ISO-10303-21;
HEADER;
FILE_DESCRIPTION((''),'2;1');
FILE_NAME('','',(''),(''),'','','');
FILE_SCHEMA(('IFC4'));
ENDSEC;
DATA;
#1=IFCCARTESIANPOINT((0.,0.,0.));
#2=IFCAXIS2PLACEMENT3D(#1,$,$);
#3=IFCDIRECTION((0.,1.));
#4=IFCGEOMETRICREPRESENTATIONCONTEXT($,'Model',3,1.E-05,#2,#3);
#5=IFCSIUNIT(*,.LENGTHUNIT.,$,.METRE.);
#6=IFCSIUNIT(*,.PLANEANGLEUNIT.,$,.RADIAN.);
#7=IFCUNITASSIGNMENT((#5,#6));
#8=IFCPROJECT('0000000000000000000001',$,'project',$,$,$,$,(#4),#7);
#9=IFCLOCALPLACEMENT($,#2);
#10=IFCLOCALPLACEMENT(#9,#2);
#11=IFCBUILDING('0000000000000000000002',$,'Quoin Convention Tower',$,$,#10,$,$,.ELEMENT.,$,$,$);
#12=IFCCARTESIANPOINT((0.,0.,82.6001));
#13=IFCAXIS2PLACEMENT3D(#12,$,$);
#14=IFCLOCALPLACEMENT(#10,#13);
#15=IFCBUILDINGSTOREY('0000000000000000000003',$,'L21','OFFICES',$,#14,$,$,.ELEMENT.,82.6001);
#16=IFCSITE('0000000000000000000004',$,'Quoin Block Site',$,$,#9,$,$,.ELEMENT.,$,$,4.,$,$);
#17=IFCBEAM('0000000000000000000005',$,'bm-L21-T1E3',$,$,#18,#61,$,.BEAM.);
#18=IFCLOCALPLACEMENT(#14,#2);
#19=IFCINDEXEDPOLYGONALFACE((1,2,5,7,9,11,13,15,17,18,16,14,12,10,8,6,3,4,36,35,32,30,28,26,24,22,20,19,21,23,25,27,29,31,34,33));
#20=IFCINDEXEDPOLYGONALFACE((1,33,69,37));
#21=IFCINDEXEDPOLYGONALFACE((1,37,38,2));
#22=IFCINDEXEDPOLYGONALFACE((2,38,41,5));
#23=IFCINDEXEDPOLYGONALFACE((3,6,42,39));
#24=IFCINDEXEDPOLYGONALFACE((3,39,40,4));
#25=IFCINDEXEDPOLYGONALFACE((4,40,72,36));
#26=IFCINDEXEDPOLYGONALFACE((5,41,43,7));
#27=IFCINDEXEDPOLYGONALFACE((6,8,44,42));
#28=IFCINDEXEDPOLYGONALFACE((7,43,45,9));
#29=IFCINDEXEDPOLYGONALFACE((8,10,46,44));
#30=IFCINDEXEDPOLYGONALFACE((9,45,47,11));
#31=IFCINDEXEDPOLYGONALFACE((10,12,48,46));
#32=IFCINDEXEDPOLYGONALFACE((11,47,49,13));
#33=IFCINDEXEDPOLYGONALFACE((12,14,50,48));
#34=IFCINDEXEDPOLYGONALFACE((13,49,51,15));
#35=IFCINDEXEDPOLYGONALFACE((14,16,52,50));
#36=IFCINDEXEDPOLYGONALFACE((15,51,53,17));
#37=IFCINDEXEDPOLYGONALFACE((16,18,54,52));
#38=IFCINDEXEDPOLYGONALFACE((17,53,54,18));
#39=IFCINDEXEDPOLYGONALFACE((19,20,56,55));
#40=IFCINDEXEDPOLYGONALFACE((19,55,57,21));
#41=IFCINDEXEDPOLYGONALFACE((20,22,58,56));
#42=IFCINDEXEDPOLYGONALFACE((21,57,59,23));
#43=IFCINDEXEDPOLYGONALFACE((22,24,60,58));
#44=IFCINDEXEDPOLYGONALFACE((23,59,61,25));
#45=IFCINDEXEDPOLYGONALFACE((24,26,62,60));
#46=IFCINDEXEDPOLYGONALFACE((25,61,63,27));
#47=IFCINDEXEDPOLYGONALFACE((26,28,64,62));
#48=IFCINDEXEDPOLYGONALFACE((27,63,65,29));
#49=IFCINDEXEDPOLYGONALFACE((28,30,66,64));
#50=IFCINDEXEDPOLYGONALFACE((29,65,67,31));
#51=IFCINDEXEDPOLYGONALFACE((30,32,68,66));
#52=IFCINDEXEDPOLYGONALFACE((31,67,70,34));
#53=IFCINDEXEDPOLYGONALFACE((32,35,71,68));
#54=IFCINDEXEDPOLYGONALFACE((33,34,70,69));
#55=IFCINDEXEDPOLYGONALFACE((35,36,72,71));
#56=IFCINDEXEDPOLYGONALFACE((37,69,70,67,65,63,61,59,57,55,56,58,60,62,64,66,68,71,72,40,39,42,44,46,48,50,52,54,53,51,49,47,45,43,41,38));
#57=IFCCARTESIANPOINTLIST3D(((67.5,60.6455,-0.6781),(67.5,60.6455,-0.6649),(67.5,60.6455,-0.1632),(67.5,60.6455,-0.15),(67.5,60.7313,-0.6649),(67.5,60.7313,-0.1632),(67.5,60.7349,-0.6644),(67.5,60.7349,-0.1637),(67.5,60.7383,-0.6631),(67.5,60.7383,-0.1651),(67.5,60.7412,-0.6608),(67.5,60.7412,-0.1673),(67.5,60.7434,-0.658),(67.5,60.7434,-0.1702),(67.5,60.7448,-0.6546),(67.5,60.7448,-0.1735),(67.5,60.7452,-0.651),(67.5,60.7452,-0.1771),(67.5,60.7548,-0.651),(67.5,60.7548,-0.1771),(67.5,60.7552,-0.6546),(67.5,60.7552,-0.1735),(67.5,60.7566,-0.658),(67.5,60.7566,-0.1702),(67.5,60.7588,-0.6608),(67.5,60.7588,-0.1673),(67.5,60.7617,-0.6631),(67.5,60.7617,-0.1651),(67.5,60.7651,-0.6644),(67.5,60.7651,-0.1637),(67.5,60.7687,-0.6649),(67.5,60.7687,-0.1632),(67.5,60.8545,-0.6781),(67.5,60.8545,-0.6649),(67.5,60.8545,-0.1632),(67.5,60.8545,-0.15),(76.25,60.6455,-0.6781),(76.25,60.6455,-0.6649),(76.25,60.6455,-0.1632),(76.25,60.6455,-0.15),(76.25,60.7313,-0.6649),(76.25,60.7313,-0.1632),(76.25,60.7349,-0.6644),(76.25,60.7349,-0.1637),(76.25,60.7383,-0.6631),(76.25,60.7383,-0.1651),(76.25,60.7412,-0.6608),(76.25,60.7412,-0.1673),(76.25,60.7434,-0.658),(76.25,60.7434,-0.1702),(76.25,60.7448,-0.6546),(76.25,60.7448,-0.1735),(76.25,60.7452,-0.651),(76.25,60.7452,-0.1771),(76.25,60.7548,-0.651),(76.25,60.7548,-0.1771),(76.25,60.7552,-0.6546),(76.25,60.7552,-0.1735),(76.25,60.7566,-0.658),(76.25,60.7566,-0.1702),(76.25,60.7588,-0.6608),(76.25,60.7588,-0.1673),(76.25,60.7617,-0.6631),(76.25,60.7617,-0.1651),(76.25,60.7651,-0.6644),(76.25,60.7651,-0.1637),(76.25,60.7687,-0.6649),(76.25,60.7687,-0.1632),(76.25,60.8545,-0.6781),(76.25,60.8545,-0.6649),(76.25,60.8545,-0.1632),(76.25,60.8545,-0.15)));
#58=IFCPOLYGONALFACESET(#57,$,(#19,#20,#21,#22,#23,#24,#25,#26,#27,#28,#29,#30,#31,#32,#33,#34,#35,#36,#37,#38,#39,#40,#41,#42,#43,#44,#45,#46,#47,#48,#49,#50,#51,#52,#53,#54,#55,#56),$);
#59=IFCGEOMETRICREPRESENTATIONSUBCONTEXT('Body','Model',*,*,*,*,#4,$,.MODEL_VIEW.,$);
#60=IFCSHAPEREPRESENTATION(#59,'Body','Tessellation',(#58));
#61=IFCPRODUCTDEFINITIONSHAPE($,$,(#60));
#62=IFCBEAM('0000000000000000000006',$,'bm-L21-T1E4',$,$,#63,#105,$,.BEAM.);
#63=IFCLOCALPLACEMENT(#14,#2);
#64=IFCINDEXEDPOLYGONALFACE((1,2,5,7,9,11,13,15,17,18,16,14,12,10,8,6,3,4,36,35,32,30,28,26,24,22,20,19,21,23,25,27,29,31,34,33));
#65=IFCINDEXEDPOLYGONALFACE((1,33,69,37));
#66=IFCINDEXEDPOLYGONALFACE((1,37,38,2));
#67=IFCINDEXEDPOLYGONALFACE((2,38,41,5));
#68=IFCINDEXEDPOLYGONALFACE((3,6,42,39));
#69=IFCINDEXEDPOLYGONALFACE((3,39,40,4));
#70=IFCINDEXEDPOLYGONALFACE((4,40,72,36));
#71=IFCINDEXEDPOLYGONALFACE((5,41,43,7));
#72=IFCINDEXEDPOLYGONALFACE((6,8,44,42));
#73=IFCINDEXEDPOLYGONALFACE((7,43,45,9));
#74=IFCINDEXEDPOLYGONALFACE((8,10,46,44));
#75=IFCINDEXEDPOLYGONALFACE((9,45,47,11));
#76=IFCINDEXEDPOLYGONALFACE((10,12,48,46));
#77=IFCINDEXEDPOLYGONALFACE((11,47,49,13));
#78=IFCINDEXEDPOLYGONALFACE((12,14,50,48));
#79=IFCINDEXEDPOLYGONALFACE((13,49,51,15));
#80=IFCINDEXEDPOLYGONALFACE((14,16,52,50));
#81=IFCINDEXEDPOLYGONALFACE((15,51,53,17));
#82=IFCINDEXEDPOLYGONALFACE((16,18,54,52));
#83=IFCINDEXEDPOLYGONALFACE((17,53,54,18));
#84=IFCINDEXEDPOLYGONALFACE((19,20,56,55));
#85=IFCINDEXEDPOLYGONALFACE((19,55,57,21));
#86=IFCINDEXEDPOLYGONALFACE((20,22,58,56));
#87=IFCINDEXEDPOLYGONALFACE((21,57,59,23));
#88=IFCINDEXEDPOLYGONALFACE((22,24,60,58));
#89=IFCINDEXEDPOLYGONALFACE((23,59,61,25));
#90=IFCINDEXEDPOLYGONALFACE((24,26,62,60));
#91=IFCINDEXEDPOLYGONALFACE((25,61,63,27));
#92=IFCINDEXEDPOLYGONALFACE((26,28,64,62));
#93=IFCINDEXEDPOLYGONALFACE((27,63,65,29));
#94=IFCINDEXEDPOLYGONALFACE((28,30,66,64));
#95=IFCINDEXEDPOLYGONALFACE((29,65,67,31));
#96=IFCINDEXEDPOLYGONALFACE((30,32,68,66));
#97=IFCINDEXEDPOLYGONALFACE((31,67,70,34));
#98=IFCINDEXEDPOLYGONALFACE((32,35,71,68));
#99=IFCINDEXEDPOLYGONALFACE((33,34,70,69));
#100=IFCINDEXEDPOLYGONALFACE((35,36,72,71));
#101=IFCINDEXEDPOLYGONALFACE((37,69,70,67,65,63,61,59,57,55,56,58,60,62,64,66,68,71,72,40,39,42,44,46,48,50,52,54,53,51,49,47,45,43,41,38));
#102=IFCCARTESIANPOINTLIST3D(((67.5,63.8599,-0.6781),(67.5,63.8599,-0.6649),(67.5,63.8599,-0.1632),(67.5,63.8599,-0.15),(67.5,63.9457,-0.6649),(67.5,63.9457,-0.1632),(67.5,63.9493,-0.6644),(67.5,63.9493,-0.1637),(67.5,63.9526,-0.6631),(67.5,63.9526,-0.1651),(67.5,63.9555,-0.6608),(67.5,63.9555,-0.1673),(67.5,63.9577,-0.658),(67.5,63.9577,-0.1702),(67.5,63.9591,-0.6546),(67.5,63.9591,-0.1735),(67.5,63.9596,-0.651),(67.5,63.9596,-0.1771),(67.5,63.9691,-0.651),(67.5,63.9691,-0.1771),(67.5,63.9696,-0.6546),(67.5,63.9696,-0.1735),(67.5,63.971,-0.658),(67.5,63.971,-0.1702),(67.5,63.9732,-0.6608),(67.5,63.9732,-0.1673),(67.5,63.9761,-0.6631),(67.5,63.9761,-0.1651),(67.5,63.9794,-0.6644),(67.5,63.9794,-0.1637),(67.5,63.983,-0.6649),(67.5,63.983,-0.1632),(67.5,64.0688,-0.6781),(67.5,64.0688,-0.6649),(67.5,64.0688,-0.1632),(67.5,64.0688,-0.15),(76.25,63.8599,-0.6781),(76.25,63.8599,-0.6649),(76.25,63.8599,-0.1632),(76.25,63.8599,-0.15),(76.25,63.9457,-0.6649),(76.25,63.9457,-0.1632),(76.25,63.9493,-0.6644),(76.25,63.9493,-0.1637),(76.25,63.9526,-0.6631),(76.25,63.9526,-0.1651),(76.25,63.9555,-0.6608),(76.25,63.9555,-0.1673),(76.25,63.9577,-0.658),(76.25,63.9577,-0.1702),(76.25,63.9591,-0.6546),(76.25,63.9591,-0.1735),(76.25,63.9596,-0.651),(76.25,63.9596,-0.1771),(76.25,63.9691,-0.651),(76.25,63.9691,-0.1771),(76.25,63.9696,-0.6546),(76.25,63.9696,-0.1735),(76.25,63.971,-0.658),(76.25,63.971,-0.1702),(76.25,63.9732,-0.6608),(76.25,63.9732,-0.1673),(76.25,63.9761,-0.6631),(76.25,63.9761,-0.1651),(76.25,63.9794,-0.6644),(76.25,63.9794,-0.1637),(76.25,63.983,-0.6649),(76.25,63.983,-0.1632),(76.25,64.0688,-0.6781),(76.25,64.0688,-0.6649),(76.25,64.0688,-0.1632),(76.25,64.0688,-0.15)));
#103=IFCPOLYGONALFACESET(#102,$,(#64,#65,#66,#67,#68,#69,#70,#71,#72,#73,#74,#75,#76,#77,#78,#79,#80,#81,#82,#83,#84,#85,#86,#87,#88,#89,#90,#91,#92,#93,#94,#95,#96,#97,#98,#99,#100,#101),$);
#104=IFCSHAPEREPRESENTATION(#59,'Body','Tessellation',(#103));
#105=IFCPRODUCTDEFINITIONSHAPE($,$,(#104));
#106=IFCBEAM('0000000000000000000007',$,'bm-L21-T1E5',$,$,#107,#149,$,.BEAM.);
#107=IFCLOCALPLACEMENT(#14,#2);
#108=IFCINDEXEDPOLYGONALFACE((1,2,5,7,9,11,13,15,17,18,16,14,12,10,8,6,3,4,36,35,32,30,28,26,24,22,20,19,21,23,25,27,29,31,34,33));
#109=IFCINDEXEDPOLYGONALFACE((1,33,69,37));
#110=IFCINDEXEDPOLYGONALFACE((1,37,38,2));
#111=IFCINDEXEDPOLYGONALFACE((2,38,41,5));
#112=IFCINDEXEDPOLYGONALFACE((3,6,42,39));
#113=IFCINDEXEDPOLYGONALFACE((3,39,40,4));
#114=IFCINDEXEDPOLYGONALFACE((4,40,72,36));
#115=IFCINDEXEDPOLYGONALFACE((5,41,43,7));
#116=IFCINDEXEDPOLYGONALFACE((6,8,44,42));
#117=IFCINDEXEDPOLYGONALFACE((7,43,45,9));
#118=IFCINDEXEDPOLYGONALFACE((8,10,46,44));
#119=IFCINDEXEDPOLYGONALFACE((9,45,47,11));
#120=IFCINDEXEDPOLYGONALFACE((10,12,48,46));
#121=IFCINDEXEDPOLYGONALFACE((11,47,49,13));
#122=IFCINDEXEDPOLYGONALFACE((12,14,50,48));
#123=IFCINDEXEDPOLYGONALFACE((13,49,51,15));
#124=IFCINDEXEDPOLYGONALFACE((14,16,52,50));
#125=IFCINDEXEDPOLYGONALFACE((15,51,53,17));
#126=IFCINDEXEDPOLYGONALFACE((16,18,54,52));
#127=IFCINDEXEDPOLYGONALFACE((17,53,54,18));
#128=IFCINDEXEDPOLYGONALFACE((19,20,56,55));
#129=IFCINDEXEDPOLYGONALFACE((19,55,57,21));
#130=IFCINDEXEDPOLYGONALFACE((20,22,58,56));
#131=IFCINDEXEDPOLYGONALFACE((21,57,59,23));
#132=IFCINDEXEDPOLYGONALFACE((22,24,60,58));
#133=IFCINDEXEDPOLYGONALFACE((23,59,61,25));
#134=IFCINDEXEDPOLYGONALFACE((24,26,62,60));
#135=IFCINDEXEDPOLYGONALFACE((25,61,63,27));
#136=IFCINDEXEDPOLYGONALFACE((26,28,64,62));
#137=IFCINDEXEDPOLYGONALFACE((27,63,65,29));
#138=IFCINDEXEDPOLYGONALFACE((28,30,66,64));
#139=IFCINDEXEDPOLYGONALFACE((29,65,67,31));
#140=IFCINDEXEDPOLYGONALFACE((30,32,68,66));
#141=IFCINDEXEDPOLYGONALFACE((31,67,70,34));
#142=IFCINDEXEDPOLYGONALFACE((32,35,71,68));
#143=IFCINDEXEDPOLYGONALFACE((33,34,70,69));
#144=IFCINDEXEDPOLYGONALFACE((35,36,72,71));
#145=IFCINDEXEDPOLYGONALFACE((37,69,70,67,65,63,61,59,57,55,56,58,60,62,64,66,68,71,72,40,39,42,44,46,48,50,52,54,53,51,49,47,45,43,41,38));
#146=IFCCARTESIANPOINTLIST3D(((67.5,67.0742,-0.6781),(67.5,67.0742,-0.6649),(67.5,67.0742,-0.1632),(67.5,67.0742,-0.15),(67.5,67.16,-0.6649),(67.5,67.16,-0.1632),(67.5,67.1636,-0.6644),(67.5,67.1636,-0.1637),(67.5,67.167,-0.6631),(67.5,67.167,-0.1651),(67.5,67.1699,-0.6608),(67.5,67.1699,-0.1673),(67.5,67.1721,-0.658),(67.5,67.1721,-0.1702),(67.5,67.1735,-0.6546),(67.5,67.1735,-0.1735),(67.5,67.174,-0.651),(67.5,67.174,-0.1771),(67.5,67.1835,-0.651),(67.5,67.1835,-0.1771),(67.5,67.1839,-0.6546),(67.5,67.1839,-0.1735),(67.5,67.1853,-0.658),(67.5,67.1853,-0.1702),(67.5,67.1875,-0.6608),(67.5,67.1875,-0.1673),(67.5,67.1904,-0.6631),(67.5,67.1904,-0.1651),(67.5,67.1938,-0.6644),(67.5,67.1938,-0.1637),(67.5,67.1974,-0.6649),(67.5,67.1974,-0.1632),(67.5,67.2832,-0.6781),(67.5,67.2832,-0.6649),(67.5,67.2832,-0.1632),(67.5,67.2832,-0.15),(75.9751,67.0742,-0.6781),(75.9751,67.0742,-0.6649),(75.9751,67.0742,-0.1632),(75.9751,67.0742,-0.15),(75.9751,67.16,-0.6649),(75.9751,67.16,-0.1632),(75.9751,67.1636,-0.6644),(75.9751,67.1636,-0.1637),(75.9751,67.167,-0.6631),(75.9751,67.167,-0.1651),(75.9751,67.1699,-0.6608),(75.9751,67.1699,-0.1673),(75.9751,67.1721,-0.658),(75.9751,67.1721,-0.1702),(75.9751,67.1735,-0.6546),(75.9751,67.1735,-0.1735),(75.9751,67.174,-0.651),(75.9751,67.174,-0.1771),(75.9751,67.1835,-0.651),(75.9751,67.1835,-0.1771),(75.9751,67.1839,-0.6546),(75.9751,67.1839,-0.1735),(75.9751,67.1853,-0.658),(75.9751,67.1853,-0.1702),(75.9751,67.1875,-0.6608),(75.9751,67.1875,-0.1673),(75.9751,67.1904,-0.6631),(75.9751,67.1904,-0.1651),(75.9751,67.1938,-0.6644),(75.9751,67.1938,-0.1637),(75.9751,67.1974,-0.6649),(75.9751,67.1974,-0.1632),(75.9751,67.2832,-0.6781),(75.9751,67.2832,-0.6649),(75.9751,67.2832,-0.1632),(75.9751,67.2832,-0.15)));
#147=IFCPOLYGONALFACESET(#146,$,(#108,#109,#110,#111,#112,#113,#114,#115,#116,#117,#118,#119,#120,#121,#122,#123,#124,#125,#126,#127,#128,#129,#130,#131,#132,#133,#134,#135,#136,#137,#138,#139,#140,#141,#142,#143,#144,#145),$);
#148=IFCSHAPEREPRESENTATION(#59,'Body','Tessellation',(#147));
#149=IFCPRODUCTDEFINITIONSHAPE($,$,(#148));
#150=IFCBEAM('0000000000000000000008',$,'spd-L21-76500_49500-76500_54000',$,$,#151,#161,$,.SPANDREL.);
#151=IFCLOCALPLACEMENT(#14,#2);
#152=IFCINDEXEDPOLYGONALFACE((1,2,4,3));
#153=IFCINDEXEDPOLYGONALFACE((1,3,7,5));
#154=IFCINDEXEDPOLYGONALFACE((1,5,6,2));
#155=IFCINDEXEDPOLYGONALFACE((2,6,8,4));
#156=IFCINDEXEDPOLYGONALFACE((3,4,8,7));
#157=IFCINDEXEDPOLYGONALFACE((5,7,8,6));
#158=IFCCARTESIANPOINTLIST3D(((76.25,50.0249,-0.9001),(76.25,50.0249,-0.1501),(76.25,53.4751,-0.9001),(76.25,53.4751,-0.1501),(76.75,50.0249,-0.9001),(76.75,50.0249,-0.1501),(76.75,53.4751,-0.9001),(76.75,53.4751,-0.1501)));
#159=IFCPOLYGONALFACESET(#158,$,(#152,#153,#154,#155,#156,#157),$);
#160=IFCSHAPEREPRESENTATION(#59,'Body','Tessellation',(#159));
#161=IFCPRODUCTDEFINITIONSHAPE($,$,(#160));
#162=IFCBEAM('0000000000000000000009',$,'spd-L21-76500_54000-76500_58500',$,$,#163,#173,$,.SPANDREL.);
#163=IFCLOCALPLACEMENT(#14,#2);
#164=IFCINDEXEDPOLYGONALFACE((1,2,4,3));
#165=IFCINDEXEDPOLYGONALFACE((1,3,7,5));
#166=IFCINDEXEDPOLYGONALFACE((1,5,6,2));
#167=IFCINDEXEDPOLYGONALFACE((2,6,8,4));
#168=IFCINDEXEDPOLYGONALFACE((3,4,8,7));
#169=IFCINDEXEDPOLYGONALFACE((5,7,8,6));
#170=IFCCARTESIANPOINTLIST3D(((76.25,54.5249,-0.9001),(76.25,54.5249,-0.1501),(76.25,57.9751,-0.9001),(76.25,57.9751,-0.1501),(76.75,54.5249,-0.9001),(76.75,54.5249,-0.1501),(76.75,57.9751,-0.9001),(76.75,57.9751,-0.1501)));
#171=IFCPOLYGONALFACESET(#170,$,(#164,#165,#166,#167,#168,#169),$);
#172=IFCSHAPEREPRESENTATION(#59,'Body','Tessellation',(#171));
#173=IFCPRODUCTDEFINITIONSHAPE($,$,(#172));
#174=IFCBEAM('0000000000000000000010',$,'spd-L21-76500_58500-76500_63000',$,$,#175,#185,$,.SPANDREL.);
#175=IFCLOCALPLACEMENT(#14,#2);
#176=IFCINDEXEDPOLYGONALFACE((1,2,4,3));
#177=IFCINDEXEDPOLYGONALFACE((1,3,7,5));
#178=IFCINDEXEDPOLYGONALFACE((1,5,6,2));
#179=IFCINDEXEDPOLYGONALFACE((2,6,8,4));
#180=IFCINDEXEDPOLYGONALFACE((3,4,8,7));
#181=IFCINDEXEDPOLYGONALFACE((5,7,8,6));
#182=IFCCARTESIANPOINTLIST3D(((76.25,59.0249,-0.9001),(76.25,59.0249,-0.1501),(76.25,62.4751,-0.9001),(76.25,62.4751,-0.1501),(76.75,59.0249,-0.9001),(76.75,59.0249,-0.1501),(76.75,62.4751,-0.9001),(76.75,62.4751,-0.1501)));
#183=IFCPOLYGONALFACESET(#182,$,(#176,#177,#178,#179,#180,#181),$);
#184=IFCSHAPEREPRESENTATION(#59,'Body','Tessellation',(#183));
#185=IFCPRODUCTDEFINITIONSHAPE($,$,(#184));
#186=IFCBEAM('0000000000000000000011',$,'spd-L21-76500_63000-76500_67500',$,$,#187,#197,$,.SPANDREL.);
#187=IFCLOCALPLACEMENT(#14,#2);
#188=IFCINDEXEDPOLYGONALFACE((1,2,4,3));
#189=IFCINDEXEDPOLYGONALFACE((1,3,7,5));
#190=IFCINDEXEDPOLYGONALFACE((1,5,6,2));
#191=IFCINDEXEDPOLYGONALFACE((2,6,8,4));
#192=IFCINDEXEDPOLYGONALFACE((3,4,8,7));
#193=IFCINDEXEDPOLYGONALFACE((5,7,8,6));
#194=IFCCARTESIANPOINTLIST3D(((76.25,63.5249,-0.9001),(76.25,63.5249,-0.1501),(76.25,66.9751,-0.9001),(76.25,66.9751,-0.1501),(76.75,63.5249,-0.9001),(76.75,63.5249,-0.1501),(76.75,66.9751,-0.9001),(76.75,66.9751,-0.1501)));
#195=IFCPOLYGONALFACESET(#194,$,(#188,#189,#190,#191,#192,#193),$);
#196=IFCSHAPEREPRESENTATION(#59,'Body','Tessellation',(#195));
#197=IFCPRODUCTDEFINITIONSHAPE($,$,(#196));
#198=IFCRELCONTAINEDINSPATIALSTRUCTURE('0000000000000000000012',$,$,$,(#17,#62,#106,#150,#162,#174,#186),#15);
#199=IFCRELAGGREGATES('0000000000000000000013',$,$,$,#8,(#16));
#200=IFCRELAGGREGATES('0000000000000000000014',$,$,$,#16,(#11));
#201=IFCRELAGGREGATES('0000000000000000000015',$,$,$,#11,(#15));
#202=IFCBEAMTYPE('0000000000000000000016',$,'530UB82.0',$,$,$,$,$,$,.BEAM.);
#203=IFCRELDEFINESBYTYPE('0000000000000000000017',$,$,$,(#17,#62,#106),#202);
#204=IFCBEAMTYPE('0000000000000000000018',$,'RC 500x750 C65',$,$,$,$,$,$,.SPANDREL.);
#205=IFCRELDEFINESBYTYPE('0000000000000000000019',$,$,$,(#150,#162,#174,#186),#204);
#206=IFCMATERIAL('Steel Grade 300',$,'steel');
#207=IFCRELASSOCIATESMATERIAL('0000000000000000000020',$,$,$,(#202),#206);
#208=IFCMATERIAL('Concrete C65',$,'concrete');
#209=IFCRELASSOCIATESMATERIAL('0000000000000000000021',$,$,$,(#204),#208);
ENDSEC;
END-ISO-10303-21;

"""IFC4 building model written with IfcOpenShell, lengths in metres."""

from ifc_helpers import new_model, si_unit, direction, frame, origin, origin_2d, place, context, subcontext, project, spatial, rectangle, i_section, extrude, material, material_profile, profile_set, type_object, element, save


model = new_model("IFC4")

# Units and contexts
model_context = context("Model", 3, precision=1e-05, world=origin(), true_north=direction((0.0, 1.0)))
body_context = subcontext(model_context, "Body", "Model", "MODEL_VIEW")
ifc_project = project(units=[si_unit("LENGTHUNIT", "METRE"), si_unit("PLANEANGLEUNIT", "RADIAN")], contexts=[model_context])

# Site, building, storey
site_placement = place(None, origin())
site = spatial("IfcSite", under=ifc_project, at=site_placement, Name="Quoin Block Site", CompositionType="ELEMENT", RefElevation=4.0)
building_placement = place(site_placement, origin())
building = spatial("IfcBuilding", under=site, at=building_placement, Name="Quoin Convention Tower", CompositionType="ELEMENT")
storey_placement = place(building_placement, frame((0.0, 0.0, 82.6001)))
storey = spatial("IfcBuildingStorey", under=building, at=storey_placement, Name="L21", Description="OFFICES", CompositionType="ELEMENT", Elevation=82.6001)

# Shared definitions
ifc_material_1 = material(Name="Concrete C65", Category="concrete")

# Beams
ifc_material_2 = material(Name="Steel Grade 300", Category="steel")
ifc_material_profile_1 = material_profile(ifc_material_2, i_section(OverallWidth=0.209, OverallDepth=0.5281, WebThickness=0.0095, FlangeThickness=0.0132, FilletRadius=0.0139, at=origin_2d()), Name="530UB82.0")
ifc_profile_set_1 = profile_set([ifc_material_profile_1], Name="Steel Grade 300")
beam_type_1 = type_object("IfcBeamType", Name="530UB82.0", PredefinedType="BEAM", material=ifc_profile_set_1)
for number, where, z_axis, x_axis, name in (
    (1, (67.5, 60.75, -0.4141), (1.0, 0.0, 0.0), (0.0, 1.0, 0.0), "bm-L21-T1E3"),
    (2, (67.5, 63.9644, -0.4141), (1.0, 0.0, 0.0), (0.0, 1.0, 0.0), "bm-L21-T1E4"),
):
    element("IfcBeam", number, at=place(storey_placement, frame(where, z_axis=z_axis, x_axis=x_axis)), inside=storey, type_object=beam_type_1, Name=name, PredefinedType="BEAM", context=body_context, shape_type="SweptSolid", body=[
        extrude(i_section(OverallWidth=0.209, OverallDepth=0.5281, WebThickness=0.0095, FlangeThickness=0.0132, FilletRadius=0.0139, at=origin_2d()), origin(), (0.0, 0.0, 1.0), 8.75),
    ])
beam_1_placement = place(storey_placement, frame((67.5, 67.1787, -0.4141), z_axis=(1.0, 0.0, 0.0), x_axis=(0.0, 1.0, 0.0)))
element("IfcBeam", 3, at=beam_1_placement, inside=storey, type_object=beam_type_1, Name="bm-L21-T1E5", PredefinedType="BEAM", context=body_context, shape_type="SweptSolid", body=[
    extrude(i_section(OverallWidth=0.209, OverallDepth=0.5281, WebThickness=0.0095, FlangeThickness=0.0132, FilletRadius=0.0139, at=origin_2d()), origin(), (0.0, 0.0, 1.0), 8.4751),
])
ifc_material_profile_2 = material_profile(ifc_material_1, rectangle(XDim=0.5, YDim=0.75, at=origin_2d()), Name="RC 500x750")
ifc_profile_set_2 = profile_set([ifc_material_profile_2], Name="Concrete C65")
beam_type_2 = type_object("IfcBeamType", Name="RC 500x750 C65", PredefinedType="SPANDREL", material=ifc_profile_set_2)
for number, where, z_axis, x_axis, name in (
    (4, (76.5, 50.0249, -0.5251), (0.0, 1.0, 0.0), (-1.0, 0.0, 0.0), "spd-L21-76500_49500-76500_54000"),
    (5, (76.5, 54.5249, -0.5251), (0.0, 1.0, 0.0), (-1.0, 0.0, 0.0), "spd-L21-76500_54000-76500_58500"),
    (6, (76.5, 59.0249, -0.5251), (0.0, 1.0, 0.0), (-1.0, 0.0, 0.0), "spd-L21-76500_58500-76500_63000"),
    (7, (76.5, 63.5249, -0.5251), (0.0, 1.0, 0.0), (-1.0, 0.0, 0.0), "spd-L21-76500_63000-76500_67500"),
):
    element("IfcBeam", number, at=place(storey_placement, frame(where, z_axis=z_axis, x_axis=x_axis)), inside=storey, type_object=beam_type_2, Name=name, PredefinedType="SPANDREL", context=body_context, shape_type="SweptSolid", body=[
        extrude(rectangle(XDim=0.5, YDim=0.75, at=origin_2d()), origin(), (0.0, 0.0, 1.0), 3.4502),
    ])

save(model, "model.ifc")
